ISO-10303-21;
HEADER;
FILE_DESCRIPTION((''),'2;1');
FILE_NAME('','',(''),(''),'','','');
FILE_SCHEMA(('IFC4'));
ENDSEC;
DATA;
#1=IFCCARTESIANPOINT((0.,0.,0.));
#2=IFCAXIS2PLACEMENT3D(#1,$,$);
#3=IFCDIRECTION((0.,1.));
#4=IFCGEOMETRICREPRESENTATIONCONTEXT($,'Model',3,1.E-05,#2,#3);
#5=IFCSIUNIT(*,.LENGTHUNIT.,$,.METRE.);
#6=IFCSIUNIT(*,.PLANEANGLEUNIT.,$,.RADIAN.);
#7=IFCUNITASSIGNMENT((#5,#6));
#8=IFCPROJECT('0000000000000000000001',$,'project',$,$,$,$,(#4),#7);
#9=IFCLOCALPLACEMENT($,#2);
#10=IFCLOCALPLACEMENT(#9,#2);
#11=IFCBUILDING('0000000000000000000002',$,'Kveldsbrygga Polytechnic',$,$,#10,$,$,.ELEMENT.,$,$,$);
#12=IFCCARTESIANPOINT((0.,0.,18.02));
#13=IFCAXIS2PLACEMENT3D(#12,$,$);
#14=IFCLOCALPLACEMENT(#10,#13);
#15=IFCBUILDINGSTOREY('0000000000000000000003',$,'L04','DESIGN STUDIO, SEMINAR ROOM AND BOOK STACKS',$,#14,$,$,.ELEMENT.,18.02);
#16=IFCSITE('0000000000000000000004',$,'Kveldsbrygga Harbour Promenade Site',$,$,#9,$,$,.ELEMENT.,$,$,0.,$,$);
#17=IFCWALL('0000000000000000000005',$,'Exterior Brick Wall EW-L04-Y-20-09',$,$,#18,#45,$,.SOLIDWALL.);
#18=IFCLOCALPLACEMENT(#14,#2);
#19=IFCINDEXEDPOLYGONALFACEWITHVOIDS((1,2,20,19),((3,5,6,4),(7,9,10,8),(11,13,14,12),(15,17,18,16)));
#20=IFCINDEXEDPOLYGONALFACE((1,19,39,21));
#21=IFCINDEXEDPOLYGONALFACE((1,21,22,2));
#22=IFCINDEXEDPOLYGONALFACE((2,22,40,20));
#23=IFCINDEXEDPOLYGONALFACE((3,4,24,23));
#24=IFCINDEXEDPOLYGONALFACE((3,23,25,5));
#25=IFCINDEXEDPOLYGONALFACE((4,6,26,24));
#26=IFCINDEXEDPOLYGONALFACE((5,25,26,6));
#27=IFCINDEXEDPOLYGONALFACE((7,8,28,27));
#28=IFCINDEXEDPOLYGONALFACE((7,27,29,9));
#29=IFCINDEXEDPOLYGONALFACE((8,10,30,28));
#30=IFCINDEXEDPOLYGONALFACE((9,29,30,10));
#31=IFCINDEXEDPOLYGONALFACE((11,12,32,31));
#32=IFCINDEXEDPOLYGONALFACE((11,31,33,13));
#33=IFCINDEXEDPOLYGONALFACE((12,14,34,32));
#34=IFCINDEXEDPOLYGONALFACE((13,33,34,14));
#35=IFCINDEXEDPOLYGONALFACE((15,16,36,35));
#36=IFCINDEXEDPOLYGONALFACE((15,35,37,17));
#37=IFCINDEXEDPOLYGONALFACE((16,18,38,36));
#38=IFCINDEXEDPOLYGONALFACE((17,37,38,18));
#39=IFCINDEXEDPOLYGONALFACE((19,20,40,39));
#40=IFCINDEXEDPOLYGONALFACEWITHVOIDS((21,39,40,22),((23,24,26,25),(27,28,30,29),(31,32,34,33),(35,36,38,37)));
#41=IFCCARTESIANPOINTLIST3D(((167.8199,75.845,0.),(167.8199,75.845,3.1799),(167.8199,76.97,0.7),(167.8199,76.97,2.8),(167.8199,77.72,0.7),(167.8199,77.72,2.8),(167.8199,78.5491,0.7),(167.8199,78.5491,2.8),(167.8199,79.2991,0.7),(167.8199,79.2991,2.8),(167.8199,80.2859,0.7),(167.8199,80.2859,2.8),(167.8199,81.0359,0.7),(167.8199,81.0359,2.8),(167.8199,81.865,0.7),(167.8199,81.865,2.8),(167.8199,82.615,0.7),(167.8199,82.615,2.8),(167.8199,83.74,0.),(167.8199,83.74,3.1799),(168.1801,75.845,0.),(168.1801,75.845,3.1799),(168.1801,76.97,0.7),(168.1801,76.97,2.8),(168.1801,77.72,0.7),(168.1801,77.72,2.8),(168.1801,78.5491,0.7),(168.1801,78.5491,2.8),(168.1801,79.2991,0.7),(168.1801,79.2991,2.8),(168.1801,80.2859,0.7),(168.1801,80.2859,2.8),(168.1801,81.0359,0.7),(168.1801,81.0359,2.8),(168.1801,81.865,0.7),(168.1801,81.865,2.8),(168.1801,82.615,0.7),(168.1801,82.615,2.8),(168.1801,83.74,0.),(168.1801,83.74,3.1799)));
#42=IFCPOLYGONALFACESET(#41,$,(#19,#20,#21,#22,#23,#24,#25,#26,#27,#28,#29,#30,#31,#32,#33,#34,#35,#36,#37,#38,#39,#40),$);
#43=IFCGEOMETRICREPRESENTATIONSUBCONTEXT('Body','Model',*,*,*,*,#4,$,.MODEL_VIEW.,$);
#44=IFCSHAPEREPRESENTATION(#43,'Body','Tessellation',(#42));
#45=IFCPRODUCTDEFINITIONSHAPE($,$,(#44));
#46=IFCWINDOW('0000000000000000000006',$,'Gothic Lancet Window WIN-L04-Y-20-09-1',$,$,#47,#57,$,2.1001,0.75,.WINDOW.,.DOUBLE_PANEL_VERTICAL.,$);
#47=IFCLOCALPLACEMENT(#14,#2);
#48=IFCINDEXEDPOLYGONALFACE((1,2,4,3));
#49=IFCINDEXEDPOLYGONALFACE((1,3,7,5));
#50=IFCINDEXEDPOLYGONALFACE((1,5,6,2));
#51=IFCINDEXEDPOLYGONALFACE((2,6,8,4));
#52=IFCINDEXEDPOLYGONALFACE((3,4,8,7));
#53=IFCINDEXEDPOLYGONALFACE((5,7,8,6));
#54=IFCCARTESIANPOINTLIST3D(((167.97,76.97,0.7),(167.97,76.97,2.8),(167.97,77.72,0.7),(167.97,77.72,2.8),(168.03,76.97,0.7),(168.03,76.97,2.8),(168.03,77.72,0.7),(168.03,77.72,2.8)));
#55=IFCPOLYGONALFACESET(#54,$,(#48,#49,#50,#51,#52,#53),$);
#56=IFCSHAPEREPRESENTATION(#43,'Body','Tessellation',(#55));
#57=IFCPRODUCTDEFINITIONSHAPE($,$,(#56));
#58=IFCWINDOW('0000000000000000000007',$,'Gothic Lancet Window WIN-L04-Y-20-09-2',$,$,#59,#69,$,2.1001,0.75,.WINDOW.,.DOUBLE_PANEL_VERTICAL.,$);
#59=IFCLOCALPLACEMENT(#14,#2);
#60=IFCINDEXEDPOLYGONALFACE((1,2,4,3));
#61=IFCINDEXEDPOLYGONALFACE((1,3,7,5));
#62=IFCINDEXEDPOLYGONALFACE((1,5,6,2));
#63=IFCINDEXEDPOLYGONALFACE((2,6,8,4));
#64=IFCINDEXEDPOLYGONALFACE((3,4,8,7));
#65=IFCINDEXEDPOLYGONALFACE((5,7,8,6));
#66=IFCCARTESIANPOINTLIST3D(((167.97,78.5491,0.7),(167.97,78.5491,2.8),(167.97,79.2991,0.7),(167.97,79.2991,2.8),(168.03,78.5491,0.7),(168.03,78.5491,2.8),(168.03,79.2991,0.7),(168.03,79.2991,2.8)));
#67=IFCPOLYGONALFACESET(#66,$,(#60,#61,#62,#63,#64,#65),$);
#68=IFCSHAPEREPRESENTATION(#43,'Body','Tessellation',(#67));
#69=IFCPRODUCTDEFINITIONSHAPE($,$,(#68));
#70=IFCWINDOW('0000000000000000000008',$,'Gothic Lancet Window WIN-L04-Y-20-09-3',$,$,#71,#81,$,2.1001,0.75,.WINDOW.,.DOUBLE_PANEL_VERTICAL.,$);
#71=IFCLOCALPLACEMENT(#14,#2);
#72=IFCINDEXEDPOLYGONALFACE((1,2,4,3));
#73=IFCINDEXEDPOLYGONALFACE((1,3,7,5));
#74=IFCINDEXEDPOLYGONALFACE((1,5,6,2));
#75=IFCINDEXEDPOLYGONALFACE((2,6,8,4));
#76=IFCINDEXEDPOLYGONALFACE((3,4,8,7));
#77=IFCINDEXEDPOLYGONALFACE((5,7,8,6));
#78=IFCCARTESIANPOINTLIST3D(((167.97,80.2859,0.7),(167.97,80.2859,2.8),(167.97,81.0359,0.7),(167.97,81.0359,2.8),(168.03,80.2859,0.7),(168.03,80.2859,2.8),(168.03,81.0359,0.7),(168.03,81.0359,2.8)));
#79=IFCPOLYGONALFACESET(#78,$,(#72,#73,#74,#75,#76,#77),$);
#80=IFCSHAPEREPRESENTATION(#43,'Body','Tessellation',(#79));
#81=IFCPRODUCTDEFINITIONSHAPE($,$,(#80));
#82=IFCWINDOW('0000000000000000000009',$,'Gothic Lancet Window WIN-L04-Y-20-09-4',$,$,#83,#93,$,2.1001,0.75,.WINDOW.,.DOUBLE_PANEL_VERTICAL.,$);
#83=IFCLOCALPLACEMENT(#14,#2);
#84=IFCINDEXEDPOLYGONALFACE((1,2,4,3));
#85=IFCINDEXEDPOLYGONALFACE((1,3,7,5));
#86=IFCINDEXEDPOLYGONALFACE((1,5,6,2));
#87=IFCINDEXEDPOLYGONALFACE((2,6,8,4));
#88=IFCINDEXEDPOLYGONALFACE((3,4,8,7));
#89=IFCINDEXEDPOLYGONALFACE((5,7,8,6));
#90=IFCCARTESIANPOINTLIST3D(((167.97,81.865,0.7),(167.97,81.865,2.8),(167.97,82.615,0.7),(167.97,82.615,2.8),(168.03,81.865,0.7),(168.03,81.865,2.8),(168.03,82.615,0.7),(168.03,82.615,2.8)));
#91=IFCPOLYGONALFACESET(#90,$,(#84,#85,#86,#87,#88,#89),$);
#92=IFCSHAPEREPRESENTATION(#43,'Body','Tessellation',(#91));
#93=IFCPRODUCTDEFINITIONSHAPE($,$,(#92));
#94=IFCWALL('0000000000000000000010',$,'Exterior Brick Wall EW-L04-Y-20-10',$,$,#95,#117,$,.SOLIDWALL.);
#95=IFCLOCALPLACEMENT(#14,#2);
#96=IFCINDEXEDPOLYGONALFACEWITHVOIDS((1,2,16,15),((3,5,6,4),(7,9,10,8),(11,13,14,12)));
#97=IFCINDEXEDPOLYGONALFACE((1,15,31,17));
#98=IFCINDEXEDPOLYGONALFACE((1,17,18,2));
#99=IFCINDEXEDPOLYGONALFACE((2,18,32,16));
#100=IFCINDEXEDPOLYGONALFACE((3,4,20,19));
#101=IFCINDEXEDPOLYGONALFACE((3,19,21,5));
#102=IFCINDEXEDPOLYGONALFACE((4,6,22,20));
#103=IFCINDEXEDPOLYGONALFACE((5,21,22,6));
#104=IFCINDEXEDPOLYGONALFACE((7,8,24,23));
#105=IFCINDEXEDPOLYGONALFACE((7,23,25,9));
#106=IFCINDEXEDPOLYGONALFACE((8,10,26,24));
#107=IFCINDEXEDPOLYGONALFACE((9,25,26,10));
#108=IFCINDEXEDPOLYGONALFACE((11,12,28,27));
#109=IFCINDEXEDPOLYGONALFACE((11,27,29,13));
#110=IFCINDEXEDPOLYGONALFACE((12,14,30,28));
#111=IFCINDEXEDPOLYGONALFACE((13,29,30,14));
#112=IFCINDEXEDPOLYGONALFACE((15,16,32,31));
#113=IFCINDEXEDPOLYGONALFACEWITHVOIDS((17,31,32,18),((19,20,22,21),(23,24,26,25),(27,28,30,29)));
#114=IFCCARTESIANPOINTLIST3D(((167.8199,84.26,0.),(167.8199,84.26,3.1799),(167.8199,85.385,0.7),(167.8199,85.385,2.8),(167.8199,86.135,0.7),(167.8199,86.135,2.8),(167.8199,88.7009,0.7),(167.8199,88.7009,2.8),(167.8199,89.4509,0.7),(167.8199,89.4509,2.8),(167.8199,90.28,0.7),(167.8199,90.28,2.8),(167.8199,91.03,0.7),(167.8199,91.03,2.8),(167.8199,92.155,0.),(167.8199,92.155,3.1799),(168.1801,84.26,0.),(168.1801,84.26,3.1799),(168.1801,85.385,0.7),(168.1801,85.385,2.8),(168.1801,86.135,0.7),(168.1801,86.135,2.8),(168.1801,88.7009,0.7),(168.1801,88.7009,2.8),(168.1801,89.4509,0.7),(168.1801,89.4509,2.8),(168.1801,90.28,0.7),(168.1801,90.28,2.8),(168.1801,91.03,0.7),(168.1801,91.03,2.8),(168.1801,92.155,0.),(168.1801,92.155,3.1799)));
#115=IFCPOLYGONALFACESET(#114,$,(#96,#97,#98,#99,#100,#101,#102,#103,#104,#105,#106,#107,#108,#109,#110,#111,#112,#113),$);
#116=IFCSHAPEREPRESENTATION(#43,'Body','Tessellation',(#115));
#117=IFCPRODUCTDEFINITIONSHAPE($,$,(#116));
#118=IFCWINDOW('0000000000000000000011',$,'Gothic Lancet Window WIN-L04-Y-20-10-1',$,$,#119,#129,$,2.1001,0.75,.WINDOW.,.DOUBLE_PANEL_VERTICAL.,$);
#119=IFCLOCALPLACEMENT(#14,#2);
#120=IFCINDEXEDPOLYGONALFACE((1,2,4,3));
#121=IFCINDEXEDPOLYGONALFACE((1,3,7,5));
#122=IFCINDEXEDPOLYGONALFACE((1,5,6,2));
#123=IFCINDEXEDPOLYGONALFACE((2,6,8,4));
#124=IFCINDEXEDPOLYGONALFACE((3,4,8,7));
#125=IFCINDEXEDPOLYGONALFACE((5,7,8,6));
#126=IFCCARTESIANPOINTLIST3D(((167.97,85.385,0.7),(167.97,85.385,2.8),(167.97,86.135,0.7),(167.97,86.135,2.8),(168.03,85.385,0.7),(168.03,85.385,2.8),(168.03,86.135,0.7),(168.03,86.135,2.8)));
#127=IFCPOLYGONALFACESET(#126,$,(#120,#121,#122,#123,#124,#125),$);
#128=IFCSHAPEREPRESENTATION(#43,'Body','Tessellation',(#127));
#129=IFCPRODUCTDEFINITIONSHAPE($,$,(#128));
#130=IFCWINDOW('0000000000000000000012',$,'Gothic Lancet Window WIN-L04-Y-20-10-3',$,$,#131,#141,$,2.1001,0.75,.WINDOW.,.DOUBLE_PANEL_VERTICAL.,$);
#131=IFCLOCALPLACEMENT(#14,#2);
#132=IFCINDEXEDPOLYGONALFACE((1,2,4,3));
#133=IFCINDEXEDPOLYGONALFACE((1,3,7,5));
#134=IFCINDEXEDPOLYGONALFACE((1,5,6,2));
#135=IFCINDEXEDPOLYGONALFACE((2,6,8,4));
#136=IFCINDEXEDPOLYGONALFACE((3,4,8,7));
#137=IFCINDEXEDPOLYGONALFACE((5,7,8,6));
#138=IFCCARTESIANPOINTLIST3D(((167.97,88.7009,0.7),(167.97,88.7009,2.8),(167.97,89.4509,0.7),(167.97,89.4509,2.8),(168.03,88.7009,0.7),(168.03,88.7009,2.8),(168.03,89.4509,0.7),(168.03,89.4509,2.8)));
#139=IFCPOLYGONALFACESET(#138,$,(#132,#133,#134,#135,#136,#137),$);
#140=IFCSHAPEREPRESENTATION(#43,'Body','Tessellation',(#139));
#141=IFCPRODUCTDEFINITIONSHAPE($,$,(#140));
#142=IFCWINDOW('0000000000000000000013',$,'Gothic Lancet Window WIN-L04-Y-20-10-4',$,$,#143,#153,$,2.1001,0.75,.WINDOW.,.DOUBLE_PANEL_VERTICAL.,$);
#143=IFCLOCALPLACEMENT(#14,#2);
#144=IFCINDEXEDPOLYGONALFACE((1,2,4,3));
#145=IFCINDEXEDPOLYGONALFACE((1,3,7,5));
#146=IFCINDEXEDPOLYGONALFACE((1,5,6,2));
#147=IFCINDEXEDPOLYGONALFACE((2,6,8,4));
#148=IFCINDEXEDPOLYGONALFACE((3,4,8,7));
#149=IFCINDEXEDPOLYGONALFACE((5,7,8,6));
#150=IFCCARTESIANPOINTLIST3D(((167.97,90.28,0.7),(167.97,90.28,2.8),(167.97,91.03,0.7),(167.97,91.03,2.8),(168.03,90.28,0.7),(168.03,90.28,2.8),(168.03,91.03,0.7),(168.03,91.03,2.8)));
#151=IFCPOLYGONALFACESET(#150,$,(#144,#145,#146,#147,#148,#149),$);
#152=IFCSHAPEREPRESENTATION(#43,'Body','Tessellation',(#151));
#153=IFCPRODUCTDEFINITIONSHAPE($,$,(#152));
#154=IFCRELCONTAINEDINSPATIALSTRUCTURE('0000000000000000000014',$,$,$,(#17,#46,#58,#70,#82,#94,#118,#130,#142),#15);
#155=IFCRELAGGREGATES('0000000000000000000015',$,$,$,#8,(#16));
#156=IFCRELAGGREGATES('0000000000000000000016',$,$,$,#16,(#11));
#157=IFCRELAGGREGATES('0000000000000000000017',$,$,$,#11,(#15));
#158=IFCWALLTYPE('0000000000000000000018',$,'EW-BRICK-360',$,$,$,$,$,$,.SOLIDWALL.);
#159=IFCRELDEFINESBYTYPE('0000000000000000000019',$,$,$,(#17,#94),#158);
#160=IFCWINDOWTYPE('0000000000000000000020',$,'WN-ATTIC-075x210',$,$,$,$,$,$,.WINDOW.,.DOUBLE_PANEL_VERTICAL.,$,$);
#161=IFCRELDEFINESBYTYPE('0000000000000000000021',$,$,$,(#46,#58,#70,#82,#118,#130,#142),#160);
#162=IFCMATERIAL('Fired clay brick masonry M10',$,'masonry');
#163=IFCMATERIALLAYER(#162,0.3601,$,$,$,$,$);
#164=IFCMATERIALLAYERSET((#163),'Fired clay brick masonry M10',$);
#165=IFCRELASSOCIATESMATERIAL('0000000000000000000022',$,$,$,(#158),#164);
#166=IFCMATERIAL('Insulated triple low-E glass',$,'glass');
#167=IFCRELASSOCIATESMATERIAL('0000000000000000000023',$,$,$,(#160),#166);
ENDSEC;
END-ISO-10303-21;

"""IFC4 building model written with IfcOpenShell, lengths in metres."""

from ifc_helpers import new_model, si_unit, direction, frame, frame_2d, origin, place, context, subcontext, project, spatial, rectangle, extrude, material, layer, layer_set, type_object, element, fill, save


model = new_model("IFC4")

# Units and contexts
model_context = context("Model", 3, precision=1e-05, world=origin(), true_north=direction((0.0, 1.0)))
body_context = subcontext(model_context, "Body", "Model", "MODEL_VIEW")
ifc_project = project(units=[si_unit("LENGTHUNIT", "METRE"), si_unit("PLANEANGLEUNIT", "RADIAN")], contexts=[model_context])

# Site, building, storey
site_placement = place(None, origin())
site = spatial("IfcSite", under=ifc_project, at=site_placement, Name="Kveldsbrygga Harbour Promenade Site", CompositionType="ELEMENT", RefElevation=0.0)
building_placement = place(site_placement, origin())
building = spatial("IfcBuilding", under=site, at=building_placement, Name="Kveldsbrygga Polytechnic", CompositionType="ELEMENT")
storey_placement = place(building_placement, frame((0.0, 0.0, 18.02)))
storey = spatial("IfcBuildingStorey", under=building, at=storey_placement, Name="L04", Description="DESIGN STUDIO, SEMINAR ROOM AND BOOK STACKS", CompositionType="ELEMENT", Elevation=18.02)

# Walls, openings, windows
ifc_material_1 = material(Name="Fired clay brick masonry M10", Category="masonry")
ifc_layer_1 = layer(ifc_material_1, 0.3601)
ifc_layer_set_1 = layer_set([ifc_layer_1], Name="Fired clay brick masonry M10")
wall_type_1 = type_object("IfcWallType", Name="EW-BRICK-360", PredefinedType="SOLIDWALL", material=ifc_layer_set_1)
wall_1_placement = place(storey_placement, frame((168.0, 75.845, 0.0), z_axis=(0.0, 0.0, 1.0), x_axis=(0.0, 1.0, 0.0)))
wall_1 = element("IfcWall", 1, at=wall_1_placement, inside=storey, type_object=wall_type_1, Name="Exterior Brick Wall EW-L04-Y-20-09", PredefinedType="SOLIDWALL", context=body_context, shape_type="SweptSolid", body=[
    extrude(rectangle(XDim=7.895, YDim=0.3601, at=frame_2d((3.9475, 0.0))), origin(), (0.0, 0.0, 1.0), 3.1799),
])
opening_1_placement = place(wall_1_placement, frame((1.125, 0.0, 0.7)))
opening_1 = element("IfcOpeningElement", 2, at=opening_1_placement, cuts=wall_1, PredefinedType="OPENING", context=body_context, shape_type="SweptSolid", body=[
    extrude(rectangle(XDim=0.75, YDim=2.1001, at=frame_2d((0.375, 1.05))), frame((0.0, 0.1899, 0.0), z_axis=(0.0, -1.0, 0.0), x_axis=(1.0, 0.0, 0.0)), (0.0, 0.0, 1.0), 0.3801),
])
opening_2_placement = place(wall_1_placement, frame((2.7041, 0.0, 0.7)))
opening_2 = element("IfcOpeningElement", 3, at=opening_2_placement, cuts=wall_1, PredefinedType="OPENING", context=body_context, shape_type="SweptSolid", body=[
    extrude(rectangle(XDim=0.75, YDim=2.1001, at=frame_2d((0.375, 1.05))), frame((0.0, 0.1899, 0.0), z_axis=(0.0, -1.0, 0.0), x_axis=(1.0, 0.0, 0.0)), (0.0, 0.0, 1.0), 0.3801),
])
opening_3_placement = place(wall_1_placement, frame((4.4409, 0.0, 0.7)))
opening_3 = element("IfcOpeningElement", 4, at=opening_3_placement, cuts=wall_1, PredefinedType="OPENING", context=body_context, shape_type="SweptSolid", body=[
    extrude(rectangle(XDim=0.75, YDim=2.1001, at=frame_2d((0.375, 1.05))), frame((0.0, 0.1899, 0.0), z_axis=(0.0, -1.0, 0.0), x_axis=(1.0, 0.0, 0.0)), (0.0, 0.0, 1.0), 0.3801),
])
opening_4_placement = place(wall_1_placement, frame((6.02, 0.0, 0.7)))
opening_4 = element("IfcOpeningElement", 5, at=opening_4_placement, cuts=wall_1, PredefinedType="OPENING", context=body_context, shape_type="SweptSolid", body=[
    extrude(rectangle(XDim=0.75, YDim=2.1001, at=frame_2d((0.375, 1.05))), frame((0.0, 0.1899, 0.0), z_axis=(0.0, -1.0, 0.0), x_axis=(1.0, 0.0, 0.0)), (0.0, 0.0, 1.0), 0.3801),
])
ifc_material_2 = material(Name="Insulated triple low-E glass", Category="glass")
window_type = type_object("IfcWindowType", Name="WN-ATTIC-075x210", PartitioningType="DOUBLE_PANEL_VERTICAL", PredefinedType="WINDOW", material=ifc_material_2)
window_1_placement = place(opening_1_placement, origin())
window_1 = element("IfcWindow", 6, at=window_1_placement, inside=storey, type_object=window_type, Name="Gothic Lancet Window WIN-L04-Y-20-09-1", OverallHeight=2.1001, OverallWidth=0.75, PartitioningType="DOUBLE_PANEL_VERTICAL", PredefinedType="WINDOW", context=body_context, shape_type="SweptSolid", body=[
    extrude(rectangle(XDim=0.75, YDim=2.1001, at=frame_2d((0.375, 1.05))), frame((0.0, 0.03, 0.0), z_axis=(0.0, -1.0, 0.0), x_axis=(1.0, 0.0, 0.0)), (0.0, 0.0, 1.0), 0.0601),
])
fill(opening_1, window_1)
window_2_placement = place(opening_2_placement, origin())
window_2 = element("IfcWindow", 7, at=window_2_placement, inside=storey, type_object=window_type, Name="Gothic Lancet Window WIN-L04-Y-20-09-2", OverallHeight=2.1001, OverallWidth=0.75, PartitioningType="DOUBLE_PANEL_VERTICAL", PredefinedType="WINDOW", context=body_context, shape_type="SweptSolid", body=[
    extrude(rectangle(XDim=0.75, YDim=2.1001, at=frame_2d((0.375, 1.05))), frame((0.0, 0.03, 0.0), z_axis=(0.0, -1.0, 0.0), x_axis=(1.0, 0.0, 0.0)), (0.0, 0.0, 1.0), 0.0601),
])
fill(opening_2, window_2)
window_3_placement = place(opening_3_placement, origin())
window_3 = element("IfcWindow", 8, at=window_3_placement, inside=storey, type_object=window_type, Name="Gothic Lancet Window WIN-L04-Y-20-09-3", OverallHeight=2.1001, OverallWidth=0.75, PartitioningType="DOUBLE_PANEL_VERTICAL", PredefinedType="WINDOW", context=body_context, shape_type="SweptSolid", body=[
    extrude(rectangle(XDim=0.75, YDim=2.1001, at=frame_2d((0.375, 1.05))), frame((0.0, 0.03, 0.0), z_axis=(0.0, -1.0, 0.0), x_axis=(1.0, 0.0, 0.0)), (0.0, 0.0, 1.0), 0.0601),
])
fill(opening_3, window_3)
window_4_placement = place(opening_4_placement, origin())
window_4 = element("IfcWindow", 9, at=window_4_placement, inside=storey, type_object=window_type, Name="Gothic Lancet Window WIN-L04-Y-20-09-4", OverallHeight=2.1001, OverallWidth=0.75, PartitioningType="DOUBLE_PANEL_VERTICAL", PredefinedType="WINDOW", context=body_context, shape_type="SweptSolid", body=[
    extrude(rectangle(XDim=0.75, YDim=2.1001, at=frame_2d((0.375, 1.05))), frame((0.0, 0.03, 0.0), z_axis=(0.0, -1.0, 0.0), x_axis=(1.0, 0.0, 0.0)), (0.0, 0.0, 1.0), 0.0601),
])
fill(opening_4, window_4)
wall_2_placement = place(storey_placement, frame((168.0, 84.26, 0.0), z_axis=(0.0, 0.0, 1.0), x_axis=(0.0, 1.0, 0.0)))
wall_2 = element("IfcWall", 10, at=wall_2_placement, inside=storey, type_object=wall_type_1, Name="Exterior Brick Wall EW-L04-Y-20-10", PredefinedType="SOLIDWALL", context=body_context, shape_type="SweptSolid", body=[
    extrude(rectangle(XDim=7.895, YDim=0.3601, at=frame_2d((3.9475, 0.0))), origin(), (0.0, 0.0, 1.0), 3.1799),
])
opening_5_placement = place(wall_2_placement, frame((1.125, 0.0, 0.7)))
opening_5 = element("IfcOpeningElement", 11, at=opening_5_placement, cuts=wall_2, PredefinedType="OPENING", context=body_context, shape_type="SweptSolid", body=[
    extrude(rectangle(XDim=0.75, YDim=2.1001, at=frame_2d((0.375, 1.05))), frame((0.0, 0.1899, 0.0), z_axis=(0.0, -1.0, 0.0), x_axis=(1.0, 0.0, 0.0)), (0.0, 0.0, 1.0), 0.3801),
])
opening_6_placement = place(wall_2_placement, frame((4.4409, 0.0, 0.7)))
opening_6 = element("IfcOpeningElement", 12, at=opening_6_placement, cuts=wall_2, PredefinedType="OPENING", context=body_context, shape_type="SweptSolid", body=[
    extrude(rectangle(XDim=0.75, YDim=2.1001, at=frame_2d((0.375, 1.05))), frame((0.0, 0.1899, 0.0), z_axis=(0.0, -1.0, 0.0), x_axis=(1.0, 0.0, 0.0)), (0.0, 0.0, 1.0), 0.3801),
])
opening_7_placement = place(wall_2_placement, frame((6.02, 0.0, 0.7)))
opening_7 = element("IfcOpeningElement", 13, at=opening_7_placement, cuts=wall_2, PredefinedType="OPENING", context=body_context, shape_type="SweptSolid", body=[
    extrude(rectangle(XDim=0.75, YDim=2.1001, at=frame_2d((0.375, 1.05))), frame((0.0, 0.1899, 0.0), z_axis=(0.0, -1.0, 0.0), x_axis=(1.0, 0.0, 0.0)), (0.0, 0.0, 1.0), 0.3801),
])
window_5_placement = place(opening_5_placement, origin())
window_5 = element("IfcWindow", 14, at=window_5_placement, inside=storey, type_object=window_type, Name="Gothic Lancet Window WIN-L04-Y-20-10-1", OverallHeight=2.1001, OverallWidth=0.75, PartitioningType="DOUBLE_PANEL_VERTICAL", PredefinedType="WINDOW", context=body_context, shape_type="SweptSolid", body=[
    extrude(rectangle(XDim=0.75, YDim=2.1001, at=frame_2d((0.375, 1.05))), frame((0.0, 0.03, 0.0), z_axis=(0.0, -1.0, 0.0), x_axis=(1.0, 0.0, 0.0)), (0.0, 0.0, 1.0), 0.0601),
])
fill(opening_5, window_5)
window_6_placement = place(opening_6_placement, origin())
window_6 = element("IfcWindow", 15, at=window_6_placement, inside=storey, type_object=window_type, Name="Gothic Lancet Window WIN-L04-Y-20-10-3", OverallHeight=2.1001, OverallWidth=0.75, PartitioningType="DOUBLE_PANEL_VERTICAL", PredefinedType="WINDOW", context=body_context, shape_type="SweptSolid", body=[
    extrude(rectangle(XDim=0.75, YDim=2.1001, at=frame_2d((0.375, 1.05))), frame((0.0, 0.03, 0.0), z_axis=(0.0, -1.0, 0.0), x_axis=(1.0, 0.0, 0.0)), (0.0, 0.0, 1.0), 0.0601),
])
fill(opening_6, window_6)
window_7_placement = place(opening_7_placement, origin())
window_7 = element("IfcWindow", 16, at=window_7_placement, inside=storey, type_object=window_type, Name="Gothic Lancet Window WIN-L04-Y-20-10-4", OverallHeight=2.1001, OverallWidth=0.75, PartitioningType="DOUBLE_PANEL_VERTICAL", PredefinedType="WINDOW", context=body_context, shape_type="SweptSolid", body=[
    extrude(rectangle(XDim=0.75, YDim=2.1001, at=frame_2d((0.375, 1.05))), frame((0.0, 0.03, 0.0), z_axis=(0.0, -1.0, 0.0), x_axis=(1.0, 0.0, 0.0)), (0.0, 0.0, 1.0), 0.0601),
])
fill(opening_7, window_7)

save(model, "model.ifc")
